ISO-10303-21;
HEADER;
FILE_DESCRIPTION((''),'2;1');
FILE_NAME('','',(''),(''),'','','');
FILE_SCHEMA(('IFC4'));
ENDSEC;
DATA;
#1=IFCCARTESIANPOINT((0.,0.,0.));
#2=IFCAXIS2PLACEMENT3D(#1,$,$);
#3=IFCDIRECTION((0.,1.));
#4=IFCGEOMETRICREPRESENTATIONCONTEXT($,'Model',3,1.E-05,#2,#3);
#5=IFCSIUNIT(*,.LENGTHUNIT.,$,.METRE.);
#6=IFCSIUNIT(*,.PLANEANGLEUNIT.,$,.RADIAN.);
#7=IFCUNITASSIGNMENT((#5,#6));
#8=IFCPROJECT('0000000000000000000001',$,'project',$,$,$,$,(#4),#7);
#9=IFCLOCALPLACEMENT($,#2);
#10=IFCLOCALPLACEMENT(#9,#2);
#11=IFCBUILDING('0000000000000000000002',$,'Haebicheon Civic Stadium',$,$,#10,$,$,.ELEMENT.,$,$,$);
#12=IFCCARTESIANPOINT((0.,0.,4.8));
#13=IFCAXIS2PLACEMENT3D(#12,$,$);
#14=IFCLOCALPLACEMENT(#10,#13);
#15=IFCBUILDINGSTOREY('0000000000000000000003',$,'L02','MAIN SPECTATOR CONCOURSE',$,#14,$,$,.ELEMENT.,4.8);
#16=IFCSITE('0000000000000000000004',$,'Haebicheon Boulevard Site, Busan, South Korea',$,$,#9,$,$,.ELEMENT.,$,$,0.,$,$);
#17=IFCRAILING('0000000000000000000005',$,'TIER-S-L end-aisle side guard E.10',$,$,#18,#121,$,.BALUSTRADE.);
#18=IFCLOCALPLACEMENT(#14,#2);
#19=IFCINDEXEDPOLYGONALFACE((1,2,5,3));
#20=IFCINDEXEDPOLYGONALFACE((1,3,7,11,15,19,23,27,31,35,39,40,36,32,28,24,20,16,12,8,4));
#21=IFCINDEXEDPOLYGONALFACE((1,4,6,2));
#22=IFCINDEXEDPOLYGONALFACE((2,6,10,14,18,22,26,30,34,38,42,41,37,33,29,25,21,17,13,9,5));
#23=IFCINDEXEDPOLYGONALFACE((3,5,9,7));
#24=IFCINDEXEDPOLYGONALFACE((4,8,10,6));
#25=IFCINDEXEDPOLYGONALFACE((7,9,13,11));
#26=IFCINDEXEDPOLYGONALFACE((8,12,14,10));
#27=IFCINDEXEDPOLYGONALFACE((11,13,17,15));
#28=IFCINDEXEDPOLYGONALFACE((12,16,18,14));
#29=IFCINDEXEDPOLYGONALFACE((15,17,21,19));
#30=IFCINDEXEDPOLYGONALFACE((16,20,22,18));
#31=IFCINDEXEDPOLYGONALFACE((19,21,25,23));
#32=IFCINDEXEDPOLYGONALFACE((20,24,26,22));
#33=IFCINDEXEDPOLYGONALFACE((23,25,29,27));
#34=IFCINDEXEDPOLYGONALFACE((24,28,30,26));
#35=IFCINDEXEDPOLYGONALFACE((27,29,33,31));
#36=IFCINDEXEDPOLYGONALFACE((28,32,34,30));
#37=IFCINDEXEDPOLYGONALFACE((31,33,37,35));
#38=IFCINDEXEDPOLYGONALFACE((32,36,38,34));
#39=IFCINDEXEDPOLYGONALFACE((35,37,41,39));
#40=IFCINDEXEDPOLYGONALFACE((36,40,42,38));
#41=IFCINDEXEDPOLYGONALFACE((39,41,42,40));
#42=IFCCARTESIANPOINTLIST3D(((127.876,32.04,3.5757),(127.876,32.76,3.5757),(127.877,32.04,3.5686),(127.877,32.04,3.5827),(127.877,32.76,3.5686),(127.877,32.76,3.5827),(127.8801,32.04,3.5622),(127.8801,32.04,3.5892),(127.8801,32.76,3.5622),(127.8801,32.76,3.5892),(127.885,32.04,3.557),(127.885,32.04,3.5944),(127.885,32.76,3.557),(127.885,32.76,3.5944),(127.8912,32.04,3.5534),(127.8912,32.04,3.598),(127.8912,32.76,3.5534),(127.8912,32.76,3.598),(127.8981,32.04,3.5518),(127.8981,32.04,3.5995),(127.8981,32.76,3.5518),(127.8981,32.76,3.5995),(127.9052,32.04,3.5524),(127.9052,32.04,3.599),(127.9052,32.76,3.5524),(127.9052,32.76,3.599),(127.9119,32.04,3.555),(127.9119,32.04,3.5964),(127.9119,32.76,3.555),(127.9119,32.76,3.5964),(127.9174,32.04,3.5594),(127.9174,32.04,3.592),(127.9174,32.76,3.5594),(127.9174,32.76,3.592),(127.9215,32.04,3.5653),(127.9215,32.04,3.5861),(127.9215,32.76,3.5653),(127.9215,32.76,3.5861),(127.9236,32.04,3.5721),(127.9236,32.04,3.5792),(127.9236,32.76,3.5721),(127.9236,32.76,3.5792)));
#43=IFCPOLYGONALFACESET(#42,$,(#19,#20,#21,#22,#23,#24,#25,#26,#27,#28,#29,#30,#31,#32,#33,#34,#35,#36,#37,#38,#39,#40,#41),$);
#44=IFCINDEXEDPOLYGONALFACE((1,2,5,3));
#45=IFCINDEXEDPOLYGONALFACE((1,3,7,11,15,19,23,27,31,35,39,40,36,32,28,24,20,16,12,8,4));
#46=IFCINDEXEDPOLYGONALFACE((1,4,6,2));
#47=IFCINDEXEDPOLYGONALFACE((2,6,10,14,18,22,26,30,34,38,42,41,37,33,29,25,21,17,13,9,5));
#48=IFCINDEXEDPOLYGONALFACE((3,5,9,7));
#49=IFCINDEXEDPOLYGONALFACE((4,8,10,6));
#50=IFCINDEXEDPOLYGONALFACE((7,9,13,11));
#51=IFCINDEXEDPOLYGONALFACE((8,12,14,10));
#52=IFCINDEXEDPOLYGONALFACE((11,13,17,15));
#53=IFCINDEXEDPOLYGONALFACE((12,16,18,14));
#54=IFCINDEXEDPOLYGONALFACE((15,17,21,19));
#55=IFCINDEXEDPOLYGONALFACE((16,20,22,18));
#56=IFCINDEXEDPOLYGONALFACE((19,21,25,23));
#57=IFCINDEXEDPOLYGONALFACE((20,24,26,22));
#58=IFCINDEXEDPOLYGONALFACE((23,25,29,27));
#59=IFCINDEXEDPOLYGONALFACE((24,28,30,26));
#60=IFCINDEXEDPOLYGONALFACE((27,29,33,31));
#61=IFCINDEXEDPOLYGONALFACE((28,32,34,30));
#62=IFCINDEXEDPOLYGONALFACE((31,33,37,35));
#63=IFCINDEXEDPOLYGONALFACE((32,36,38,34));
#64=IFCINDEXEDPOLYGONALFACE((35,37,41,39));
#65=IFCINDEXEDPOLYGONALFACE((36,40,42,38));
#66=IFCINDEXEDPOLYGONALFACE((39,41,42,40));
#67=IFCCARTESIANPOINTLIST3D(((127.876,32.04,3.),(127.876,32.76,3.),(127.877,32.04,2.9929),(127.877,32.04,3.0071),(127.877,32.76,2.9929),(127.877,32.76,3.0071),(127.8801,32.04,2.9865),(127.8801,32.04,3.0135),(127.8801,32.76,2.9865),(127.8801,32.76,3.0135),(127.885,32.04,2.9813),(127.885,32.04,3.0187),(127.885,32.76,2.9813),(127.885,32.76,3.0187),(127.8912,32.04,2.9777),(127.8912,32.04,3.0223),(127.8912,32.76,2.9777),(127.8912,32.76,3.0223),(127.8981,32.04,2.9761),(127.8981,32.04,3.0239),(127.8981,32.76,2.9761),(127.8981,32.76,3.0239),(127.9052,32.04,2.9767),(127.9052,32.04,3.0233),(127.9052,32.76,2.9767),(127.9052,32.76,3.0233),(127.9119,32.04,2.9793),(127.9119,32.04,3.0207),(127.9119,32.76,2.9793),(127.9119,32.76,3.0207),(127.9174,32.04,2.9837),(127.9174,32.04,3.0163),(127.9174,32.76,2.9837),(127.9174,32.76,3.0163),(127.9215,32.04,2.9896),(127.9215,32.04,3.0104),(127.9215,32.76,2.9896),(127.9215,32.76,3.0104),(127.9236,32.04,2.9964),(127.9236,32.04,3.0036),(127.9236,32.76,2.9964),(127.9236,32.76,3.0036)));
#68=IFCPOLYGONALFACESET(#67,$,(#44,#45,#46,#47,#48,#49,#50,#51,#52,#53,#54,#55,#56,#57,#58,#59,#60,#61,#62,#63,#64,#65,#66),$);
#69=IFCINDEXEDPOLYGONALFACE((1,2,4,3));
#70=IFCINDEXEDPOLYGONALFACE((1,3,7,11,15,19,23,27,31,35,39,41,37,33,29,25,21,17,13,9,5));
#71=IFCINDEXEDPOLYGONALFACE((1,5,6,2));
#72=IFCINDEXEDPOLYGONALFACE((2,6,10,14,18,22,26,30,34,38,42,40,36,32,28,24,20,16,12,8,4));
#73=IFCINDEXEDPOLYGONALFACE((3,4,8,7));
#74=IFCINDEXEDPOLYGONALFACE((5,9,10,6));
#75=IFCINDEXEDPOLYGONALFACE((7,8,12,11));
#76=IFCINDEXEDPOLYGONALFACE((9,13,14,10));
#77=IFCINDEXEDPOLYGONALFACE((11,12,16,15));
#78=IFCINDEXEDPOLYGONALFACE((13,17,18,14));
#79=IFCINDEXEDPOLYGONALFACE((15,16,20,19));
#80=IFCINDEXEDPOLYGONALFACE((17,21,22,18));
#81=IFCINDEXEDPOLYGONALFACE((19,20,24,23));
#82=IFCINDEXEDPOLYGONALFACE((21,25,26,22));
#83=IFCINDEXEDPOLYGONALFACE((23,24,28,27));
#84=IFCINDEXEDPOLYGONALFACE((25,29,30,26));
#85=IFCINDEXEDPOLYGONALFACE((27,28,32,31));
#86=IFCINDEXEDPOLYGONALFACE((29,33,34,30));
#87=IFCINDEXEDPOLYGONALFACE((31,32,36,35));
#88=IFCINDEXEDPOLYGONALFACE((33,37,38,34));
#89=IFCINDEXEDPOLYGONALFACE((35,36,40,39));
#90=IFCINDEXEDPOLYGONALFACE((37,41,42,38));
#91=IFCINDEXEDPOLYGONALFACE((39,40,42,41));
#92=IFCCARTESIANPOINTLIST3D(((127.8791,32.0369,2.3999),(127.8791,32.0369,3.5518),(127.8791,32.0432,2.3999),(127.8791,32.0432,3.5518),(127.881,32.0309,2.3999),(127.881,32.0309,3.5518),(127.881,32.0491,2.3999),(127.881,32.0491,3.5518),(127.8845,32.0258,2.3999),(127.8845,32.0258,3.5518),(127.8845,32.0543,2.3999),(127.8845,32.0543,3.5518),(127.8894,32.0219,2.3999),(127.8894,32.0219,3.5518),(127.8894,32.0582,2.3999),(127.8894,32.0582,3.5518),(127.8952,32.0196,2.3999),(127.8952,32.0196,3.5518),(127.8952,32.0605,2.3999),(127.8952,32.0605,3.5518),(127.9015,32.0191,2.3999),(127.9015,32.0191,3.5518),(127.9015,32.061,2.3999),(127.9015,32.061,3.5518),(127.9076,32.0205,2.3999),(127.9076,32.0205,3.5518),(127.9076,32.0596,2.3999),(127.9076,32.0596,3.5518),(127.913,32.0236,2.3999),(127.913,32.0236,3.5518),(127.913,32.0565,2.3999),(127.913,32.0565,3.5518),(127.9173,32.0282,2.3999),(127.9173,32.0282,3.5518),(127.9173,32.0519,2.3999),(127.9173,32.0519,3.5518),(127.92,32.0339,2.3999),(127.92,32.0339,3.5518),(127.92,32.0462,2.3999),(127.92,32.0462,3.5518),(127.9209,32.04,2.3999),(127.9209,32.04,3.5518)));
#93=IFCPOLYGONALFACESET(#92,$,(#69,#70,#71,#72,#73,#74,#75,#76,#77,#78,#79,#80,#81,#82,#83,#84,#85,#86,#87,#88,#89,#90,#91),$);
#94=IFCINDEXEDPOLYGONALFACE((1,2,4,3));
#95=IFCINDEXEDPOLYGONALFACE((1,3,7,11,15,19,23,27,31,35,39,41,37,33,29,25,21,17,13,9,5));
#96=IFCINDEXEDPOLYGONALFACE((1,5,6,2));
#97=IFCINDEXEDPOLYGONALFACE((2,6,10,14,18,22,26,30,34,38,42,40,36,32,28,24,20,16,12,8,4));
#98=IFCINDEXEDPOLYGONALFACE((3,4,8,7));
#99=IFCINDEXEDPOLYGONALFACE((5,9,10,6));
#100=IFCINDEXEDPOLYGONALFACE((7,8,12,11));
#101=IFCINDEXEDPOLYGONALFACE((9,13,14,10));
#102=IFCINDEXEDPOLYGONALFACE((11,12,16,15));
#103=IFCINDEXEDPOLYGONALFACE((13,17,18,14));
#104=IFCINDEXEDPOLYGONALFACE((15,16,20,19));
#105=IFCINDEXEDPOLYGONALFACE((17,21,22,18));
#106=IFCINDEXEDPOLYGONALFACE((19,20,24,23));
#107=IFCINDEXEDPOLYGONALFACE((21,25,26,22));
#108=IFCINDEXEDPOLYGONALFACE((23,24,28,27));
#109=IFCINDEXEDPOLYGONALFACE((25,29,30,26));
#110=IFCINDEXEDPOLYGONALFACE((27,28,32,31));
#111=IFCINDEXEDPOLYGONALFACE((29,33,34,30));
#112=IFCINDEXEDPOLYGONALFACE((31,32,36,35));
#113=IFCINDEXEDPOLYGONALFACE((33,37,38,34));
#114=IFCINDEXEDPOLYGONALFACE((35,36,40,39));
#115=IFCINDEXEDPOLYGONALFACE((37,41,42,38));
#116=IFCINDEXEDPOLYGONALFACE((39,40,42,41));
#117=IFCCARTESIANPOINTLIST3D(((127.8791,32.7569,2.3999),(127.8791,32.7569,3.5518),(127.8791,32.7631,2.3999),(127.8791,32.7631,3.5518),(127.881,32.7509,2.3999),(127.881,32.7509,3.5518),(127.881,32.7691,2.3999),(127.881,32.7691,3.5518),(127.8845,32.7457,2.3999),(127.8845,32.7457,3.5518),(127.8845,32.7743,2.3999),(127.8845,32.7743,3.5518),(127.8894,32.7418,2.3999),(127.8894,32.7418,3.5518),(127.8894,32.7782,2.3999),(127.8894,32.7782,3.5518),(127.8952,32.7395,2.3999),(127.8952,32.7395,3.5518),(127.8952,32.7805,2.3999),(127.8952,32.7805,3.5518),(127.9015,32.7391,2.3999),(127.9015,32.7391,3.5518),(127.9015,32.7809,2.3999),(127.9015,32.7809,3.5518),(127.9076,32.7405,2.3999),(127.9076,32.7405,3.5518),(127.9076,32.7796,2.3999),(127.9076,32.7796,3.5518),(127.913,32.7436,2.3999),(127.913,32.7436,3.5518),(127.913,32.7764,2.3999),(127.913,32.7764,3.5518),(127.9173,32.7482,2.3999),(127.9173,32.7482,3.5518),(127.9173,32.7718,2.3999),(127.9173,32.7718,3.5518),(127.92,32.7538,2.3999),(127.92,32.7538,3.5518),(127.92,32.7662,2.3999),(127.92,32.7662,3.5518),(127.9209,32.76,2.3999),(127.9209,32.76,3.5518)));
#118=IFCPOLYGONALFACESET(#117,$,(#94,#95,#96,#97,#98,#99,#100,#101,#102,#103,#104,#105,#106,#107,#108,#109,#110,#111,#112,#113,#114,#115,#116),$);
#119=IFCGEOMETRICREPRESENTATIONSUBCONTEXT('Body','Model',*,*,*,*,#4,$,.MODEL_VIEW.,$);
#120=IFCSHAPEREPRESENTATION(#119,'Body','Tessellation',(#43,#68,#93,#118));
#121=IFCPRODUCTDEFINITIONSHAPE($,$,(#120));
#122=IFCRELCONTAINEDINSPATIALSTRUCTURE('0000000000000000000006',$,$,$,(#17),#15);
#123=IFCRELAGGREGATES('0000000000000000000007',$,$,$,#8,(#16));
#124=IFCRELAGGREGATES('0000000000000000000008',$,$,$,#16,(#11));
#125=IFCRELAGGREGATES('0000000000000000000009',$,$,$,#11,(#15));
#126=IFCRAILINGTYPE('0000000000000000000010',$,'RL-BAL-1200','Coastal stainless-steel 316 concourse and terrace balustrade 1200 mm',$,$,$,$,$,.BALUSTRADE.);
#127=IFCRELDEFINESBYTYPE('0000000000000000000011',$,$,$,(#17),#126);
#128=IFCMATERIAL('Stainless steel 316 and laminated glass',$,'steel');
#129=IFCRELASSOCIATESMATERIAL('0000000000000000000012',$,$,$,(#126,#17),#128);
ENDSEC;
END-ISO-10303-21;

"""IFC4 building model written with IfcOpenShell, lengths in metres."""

from ifc_helpers import new_model, si_unit, direction, frame, origin, origin_2d, place, context, subcontext, project, spatial, circle, extrude, material, type_object, element, save


model = new_model("IFC4")

# Units and contexts
model_context = context("Model", 3, precision=1e-05, world=origin(), true_north=direction((0.0, 1.0)))
body_context = subcontext(model_context, "Body", "Model", "MODEL_VIEW")
ifc_project = project(units=[si_unit("LENGTHUNIT", "METRE"), si_unit("PLANEANGLEUNIT", "RADIAN")], contexts=[model_context])

# Site, building, storey
site_placement = place(None, origin())
site = spatial("IfcSite", under=ifc_project, at=site_placement, Name="Haebicheon Boulevard Site, Busan, South Korea", CompositionType="ELEMENT", RefElevation=0.0)
building_placement = place(site_placement, origin())
building = spatial("IfcBuilding", under=site, at=building_placement, Name="Haebicheon Civic Stadium", CompositionType="ELEMENT")
storey_placement = place(building_placement, frame((0.0, 0.0, 4.8)))
storey = spatial("IfcBuildingStorey", under=building, at=storey_placement, Name="L02", Description="MAIN SPECTATOR CONCOURSE", CompositionType="ELEMENT", Elevation=4.8)

# Railing
ifc_material_1 = material(Name="Stainless steel 316 and laminated glass", Category="steel")
railing_type = type_object("IfcRailingType", Name="RL-BAL-1200", Description="Coastal stainless-steel 316 concourse and terrace balustrade 1200 mm", PredefinedType="BALUSTRADE", material=ifc_material_1)
for number, where, name in (
    (1, (127.8999, 32.04, 2.3999), "TIER-S-L end-aisle side guard E.10"),
):
    element("IfcRailing", number, at=place(storey_placement, frame(where)), inside=storey, type_object=railing_type, material=ifc_material_1, Name=name, PredefinedType="BALUSTRADE", context=body_context, shape_type="SweptSolid", body=[
        extrude(circle(Radius=0.0239, at=origin_2d()), frame((0.0, 0.0, 1.1758), z_axis=(0.0, 1.0, 0.0), x_axis=(-1.0, 0.0, 0.0)), (0.0, 0.0, 1.0), 0.72),
        extrude(circle(Radius=0.0239, at=origin_2d()), frame((0.0, 0.0, 0.6001), z_axis=(0.0, 1.0, 0.0), x_axis=(-1.0, 0.0, 0.0)), (0.0, 0.0, 1.0), 0.72),
        extrude(circle(Radius=0.021, at=origin_2d()), origin(), (0.0, 0.0, 1.0), 1.1519),
        extrude(circle(Radius=0.021, at=origin_2d()), frame((0.0, 0.72, 0.0)), (0.0, 0.0, 1.0), 1.1519),
    ])

save(model, "model.ifc")
